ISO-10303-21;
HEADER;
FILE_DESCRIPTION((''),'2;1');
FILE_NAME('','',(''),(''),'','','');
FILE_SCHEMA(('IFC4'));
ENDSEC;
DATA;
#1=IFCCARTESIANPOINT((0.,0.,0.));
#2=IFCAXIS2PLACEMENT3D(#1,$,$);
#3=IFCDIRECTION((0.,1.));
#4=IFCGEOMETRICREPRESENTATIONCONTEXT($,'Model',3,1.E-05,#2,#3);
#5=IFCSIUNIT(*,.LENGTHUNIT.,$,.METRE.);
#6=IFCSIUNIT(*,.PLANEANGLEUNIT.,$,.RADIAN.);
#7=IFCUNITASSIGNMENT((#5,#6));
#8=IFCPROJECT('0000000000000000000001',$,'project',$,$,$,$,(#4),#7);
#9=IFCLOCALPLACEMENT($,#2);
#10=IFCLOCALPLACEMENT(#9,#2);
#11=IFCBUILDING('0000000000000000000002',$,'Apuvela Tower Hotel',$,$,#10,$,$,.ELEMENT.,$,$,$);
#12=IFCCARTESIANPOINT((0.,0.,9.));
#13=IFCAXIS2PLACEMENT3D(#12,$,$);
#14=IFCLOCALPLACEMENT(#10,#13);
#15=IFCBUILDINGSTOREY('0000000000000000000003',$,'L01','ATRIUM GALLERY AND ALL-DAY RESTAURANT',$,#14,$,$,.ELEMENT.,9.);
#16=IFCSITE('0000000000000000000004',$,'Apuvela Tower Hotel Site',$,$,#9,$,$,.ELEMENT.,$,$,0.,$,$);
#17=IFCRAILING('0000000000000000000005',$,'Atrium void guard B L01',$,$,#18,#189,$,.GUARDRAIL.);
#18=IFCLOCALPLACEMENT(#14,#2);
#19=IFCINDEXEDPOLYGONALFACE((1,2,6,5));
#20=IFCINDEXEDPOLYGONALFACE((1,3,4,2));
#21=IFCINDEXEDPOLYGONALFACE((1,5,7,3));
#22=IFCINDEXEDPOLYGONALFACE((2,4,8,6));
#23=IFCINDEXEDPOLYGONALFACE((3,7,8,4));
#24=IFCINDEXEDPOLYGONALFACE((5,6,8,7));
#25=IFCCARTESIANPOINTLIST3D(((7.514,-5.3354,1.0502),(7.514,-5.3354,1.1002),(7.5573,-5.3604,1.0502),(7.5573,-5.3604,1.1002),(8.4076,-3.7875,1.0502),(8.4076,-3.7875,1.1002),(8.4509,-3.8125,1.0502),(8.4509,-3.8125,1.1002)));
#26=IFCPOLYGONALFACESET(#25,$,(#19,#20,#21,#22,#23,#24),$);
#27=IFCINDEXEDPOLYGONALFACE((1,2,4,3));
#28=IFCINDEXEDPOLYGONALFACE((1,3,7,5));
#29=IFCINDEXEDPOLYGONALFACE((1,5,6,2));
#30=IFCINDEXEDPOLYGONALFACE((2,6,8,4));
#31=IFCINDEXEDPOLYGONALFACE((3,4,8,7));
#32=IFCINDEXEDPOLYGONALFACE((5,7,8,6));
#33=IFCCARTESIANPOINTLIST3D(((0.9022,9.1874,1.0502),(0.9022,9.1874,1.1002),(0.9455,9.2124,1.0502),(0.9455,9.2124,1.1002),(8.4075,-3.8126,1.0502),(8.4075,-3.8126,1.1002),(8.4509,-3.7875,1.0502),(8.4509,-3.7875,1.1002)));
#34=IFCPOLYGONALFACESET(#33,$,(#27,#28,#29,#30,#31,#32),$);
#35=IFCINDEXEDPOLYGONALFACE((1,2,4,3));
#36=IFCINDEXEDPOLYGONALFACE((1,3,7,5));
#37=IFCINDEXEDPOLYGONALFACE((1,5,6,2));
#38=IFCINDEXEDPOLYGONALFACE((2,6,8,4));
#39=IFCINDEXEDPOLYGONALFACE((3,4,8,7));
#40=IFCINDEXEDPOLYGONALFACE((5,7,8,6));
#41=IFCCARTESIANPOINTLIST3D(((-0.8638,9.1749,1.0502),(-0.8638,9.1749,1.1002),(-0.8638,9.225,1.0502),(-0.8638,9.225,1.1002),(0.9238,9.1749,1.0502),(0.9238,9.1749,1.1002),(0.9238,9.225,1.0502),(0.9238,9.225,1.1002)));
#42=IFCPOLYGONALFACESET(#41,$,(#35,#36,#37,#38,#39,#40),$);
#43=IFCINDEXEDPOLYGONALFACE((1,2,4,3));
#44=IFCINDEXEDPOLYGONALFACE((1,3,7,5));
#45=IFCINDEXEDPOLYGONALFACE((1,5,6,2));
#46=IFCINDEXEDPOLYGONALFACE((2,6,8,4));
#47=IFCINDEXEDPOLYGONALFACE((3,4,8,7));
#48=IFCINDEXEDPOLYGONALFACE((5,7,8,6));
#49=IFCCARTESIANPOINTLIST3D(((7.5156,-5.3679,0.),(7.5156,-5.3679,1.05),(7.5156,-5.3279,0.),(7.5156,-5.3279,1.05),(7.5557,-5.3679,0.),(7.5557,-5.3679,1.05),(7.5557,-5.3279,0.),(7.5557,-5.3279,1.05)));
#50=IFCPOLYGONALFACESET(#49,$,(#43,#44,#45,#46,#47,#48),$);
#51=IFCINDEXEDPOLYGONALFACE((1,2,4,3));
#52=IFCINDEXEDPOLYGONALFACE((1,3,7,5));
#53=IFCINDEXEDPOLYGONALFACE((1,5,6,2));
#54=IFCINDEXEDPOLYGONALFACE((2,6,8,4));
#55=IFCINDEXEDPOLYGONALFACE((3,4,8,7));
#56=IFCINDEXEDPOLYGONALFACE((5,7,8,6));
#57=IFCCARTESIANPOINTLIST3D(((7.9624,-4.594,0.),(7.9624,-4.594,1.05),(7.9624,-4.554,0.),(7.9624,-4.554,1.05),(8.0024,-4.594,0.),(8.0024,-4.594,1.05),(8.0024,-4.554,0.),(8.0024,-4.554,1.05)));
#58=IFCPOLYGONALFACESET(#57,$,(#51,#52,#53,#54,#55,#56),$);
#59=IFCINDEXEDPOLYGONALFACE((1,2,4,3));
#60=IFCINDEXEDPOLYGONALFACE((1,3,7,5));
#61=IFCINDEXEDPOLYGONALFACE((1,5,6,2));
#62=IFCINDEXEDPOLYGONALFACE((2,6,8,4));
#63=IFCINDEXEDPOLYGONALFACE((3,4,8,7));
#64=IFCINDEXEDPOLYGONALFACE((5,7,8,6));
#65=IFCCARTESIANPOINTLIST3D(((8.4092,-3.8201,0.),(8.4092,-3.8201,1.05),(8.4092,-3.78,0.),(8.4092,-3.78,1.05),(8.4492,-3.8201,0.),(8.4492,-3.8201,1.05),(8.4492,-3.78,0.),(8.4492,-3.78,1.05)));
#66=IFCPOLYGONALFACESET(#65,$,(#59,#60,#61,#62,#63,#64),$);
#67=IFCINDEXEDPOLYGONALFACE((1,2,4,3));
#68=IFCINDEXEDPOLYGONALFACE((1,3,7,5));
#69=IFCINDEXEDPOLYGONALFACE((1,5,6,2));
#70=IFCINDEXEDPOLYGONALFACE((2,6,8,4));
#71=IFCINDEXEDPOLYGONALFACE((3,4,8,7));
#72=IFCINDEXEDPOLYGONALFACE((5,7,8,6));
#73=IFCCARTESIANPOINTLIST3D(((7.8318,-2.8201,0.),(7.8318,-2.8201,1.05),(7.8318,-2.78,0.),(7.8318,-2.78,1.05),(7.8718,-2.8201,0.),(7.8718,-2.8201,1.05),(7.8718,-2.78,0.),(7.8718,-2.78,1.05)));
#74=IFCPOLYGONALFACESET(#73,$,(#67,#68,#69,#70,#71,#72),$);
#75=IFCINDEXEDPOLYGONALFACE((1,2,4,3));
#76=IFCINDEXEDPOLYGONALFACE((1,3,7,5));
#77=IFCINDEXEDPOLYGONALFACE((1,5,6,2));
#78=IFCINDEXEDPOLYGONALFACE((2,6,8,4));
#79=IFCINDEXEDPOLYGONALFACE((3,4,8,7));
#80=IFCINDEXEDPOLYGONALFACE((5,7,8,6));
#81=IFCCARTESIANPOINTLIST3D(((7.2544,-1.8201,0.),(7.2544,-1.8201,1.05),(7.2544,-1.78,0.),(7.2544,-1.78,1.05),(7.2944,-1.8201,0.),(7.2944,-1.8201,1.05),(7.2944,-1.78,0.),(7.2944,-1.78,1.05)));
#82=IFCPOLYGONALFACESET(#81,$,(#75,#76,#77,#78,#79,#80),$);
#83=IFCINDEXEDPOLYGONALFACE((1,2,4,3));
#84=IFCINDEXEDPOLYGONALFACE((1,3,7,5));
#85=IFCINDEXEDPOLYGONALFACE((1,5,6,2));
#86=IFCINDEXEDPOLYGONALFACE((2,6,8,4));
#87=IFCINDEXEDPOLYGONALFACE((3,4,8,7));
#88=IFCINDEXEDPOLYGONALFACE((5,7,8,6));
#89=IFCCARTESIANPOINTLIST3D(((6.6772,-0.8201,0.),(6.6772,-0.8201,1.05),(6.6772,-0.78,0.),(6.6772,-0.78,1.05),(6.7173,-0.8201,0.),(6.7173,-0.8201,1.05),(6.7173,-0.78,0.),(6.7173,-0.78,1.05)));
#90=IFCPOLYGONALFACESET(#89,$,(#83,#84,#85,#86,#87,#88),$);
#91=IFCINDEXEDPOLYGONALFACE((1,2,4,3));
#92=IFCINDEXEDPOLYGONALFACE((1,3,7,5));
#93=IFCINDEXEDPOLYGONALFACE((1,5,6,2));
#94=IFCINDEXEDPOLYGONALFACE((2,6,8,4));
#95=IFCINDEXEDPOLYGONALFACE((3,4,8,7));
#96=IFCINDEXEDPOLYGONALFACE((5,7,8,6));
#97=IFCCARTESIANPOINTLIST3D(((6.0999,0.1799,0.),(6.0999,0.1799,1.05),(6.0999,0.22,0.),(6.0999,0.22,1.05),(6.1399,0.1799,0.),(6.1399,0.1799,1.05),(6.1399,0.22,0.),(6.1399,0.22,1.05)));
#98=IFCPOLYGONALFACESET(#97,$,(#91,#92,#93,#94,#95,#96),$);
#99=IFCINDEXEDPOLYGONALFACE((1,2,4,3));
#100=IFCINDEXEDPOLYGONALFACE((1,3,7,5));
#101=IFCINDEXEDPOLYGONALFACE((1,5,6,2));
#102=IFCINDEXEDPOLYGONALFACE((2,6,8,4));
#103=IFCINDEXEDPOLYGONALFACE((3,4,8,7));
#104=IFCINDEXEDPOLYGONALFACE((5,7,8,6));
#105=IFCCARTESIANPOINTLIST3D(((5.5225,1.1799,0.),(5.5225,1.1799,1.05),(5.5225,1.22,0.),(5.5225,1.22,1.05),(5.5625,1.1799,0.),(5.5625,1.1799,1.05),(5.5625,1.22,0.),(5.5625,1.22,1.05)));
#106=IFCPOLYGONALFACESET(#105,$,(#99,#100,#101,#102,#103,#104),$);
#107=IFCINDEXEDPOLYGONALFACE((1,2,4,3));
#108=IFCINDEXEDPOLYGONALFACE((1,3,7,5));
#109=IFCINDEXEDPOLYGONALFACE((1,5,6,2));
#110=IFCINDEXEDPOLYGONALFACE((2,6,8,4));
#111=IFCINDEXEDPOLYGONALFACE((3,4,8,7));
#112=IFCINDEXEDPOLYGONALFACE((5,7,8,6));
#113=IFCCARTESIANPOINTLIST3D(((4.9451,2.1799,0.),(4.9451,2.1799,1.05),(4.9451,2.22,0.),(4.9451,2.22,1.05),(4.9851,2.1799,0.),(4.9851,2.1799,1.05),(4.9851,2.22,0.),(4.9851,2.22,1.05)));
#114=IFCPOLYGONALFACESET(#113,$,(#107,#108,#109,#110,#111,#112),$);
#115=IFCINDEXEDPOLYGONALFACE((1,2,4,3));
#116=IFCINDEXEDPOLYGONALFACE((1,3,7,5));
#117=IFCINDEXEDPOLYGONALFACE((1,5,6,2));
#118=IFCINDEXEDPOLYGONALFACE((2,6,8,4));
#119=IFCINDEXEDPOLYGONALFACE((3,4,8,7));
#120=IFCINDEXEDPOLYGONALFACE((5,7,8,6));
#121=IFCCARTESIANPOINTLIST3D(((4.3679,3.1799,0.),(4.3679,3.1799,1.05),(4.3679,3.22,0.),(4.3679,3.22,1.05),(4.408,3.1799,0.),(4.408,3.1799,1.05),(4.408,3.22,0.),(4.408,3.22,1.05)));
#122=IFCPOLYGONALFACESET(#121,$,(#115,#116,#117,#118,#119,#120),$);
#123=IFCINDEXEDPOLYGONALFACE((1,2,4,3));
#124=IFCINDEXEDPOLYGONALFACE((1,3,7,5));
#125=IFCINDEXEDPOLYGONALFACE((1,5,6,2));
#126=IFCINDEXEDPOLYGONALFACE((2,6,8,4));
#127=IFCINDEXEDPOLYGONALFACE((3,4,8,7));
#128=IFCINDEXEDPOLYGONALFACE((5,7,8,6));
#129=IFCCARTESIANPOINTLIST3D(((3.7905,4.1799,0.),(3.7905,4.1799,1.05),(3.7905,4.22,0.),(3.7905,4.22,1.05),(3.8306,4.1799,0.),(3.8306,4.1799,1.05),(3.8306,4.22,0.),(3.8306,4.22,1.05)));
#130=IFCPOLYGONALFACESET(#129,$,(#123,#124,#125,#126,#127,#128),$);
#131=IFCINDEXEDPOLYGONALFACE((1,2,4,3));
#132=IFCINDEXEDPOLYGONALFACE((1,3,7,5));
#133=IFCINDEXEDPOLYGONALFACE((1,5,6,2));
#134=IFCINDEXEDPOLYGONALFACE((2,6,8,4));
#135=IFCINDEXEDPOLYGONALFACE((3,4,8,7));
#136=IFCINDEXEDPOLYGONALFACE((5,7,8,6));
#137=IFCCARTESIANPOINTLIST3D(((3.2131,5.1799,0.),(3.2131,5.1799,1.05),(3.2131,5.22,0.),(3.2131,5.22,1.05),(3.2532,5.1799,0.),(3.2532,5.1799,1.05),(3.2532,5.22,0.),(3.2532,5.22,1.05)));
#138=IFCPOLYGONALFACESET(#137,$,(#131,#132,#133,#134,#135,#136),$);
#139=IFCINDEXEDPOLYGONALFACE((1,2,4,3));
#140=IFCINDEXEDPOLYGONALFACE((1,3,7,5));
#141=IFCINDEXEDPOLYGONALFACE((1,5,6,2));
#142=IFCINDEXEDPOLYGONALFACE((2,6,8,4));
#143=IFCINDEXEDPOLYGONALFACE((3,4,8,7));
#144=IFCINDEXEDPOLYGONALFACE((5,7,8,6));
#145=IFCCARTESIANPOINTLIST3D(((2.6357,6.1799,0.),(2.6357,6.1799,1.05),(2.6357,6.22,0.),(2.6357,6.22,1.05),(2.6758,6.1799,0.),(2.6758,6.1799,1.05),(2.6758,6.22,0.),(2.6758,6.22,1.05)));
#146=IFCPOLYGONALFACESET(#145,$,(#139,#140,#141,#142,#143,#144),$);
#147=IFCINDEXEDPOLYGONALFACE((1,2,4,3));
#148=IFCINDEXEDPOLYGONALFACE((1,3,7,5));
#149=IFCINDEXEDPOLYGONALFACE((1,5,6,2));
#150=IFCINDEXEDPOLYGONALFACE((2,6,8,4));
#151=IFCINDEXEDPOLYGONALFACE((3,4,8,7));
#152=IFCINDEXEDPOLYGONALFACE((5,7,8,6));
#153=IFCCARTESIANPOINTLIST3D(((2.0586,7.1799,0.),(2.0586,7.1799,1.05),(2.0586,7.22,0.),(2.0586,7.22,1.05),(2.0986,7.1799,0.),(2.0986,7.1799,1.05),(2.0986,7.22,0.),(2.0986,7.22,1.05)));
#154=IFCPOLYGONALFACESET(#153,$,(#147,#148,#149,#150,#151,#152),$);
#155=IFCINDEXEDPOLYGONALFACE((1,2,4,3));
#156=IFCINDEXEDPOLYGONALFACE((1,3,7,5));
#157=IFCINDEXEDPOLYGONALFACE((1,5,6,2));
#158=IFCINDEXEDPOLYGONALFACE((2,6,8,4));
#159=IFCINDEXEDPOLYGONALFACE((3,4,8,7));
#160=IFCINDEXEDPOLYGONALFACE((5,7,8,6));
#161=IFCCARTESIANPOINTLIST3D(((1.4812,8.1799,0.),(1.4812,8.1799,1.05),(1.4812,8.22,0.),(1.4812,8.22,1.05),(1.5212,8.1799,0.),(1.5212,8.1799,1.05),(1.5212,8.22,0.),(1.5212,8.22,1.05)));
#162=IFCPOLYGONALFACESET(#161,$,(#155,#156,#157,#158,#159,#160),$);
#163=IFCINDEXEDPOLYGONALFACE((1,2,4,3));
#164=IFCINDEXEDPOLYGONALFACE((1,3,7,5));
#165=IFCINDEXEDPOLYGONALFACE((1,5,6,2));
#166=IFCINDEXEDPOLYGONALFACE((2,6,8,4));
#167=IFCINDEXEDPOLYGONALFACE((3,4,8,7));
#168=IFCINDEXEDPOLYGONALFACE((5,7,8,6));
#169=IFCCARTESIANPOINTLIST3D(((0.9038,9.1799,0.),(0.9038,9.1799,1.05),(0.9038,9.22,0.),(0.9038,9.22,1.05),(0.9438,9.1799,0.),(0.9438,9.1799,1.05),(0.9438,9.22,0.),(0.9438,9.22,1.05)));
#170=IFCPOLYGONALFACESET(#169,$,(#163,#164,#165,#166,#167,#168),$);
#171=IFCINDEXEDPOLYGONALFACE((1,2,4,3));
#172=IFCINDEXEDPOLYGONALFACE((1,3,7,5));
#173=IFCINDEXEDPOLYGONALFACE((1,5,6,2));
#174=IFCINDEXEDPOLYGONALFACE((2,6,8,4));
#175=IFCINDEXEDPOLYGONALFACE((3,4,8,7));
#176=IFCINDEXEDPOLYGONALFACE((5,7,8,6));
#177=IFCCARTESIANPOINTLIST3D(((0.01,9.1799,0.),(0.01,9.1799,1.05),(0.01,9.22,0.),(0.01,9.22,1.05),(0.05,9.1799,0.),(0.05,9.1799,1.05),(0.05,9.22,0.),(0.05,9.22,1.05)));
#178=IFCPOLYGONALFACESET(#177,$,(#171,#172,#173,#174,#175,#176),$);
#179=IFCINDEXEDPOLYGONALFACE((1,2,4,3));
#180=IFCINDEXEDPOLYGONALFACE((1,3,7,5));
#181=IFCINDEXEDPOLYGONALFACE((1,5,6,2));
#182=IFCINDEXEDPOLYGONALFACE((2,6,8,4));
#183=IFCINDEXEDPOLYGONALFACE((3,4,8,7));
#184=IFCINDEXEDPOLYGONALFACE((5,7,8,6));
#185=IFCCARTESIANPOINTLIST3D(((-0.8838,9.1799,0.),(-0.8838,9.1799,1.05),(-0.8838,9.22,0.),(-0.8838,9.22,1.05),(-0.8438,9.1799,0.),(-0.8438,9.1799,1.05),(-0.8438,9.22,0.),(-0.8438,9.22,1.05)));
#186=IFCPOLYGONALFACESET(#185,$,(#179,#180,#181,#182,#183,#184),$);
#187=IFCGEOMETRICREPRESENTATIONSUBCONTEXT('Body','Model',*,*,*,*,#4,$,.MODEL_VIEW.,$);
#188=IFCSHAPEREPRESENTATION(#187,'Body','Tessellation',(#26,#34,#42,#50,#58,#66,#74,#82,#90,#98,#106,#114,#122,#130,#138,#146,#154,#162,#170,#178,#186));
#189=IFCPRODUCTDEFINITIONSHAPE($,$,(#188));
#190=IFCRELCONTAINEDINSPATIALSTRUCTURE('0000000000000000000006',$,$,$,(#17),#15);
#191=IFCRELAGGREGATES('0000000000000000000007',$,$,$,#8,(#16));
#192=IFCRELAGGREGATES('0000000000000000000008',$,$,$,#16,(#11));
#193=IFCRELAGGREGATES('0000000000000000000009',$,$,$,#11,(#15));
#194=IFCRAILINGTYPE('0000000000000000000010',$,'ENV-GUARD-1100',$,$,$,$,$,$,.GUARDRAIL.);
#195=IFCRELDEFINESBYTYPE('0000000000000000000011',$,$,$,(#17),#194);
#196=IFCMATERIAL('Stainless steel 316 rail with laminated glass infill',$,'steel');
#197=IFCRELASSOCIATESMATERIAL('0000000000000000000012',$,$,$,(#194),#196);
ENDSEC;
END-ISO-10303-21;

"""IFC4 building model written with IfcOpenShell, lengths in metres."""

from ifc_helpers import new_model, si_unit, direction, frame, origin, origin_2d, place, context, subcontext, project, spatial, rectangle, extrude, material, type_object, element, save


model = new_model("IFC4")

# Units and contexts
model_context = context("Model", 3, precision=1e-05, world=origin(), true_north=direction((0.0, 1.0)))
body_context = subcontext(model_context, "Body", "Model", "MODEL_VIEW")
ifc_project = project(units=[si_unit("LENGTHUNIT", "METRE"), si_unit("PLANEANGLEUNIT", "RADIAN")], contexts=[model_context])

# Site, building, storey
site_placement = place(None, origin())
site = spatial("IfcSite", under=ifc_project, at=site_placement, Name="Apuvela Tower Hotel Site", CompositionType="ELEMENT", RefElevation=0.0)
building_placement = place(site_placement, origin())
building = spatial("IfcBuilding", under=site, at=building_placement, Name="Apuvela Tower Hotel", CompositionType="ELEMENT")
storey_placement = place(building_placement, frame((0.0, 0.0, 9.0)))
storey = spatial("IfcBuildingStorey", under=building, at=storey_placement, Name="L01", Description="ATRIUM GALLERY AND ALL-DAY RESTAURANT", CompositionType="ELEMENT", Elevation=9.0)

# Railing
ifc_material_1 = material(Name="Stainless steel 316 rail with laminated glass infill", Category="steel")
railing_type_1 = type_object("IfcRailingType", Name="ENV-GUARD-1100", PredefinedType="GUARDRAIL", material=ifc_material_1)
railing_placement = place(storey_placement, frame((7.5356, -5.3479, 0.0)))
element("IfcRailing", 1, at=railing_placement, inside=storey, type_object=railing_type_1, Name="Atrium void guard B L01", PredefinedType="GUARDRAIL", context=body_context, shape_type="SweptSolid", body=[
    extrude(rectangle(XDim=0.05, YDim=0.05, at=origin_2d()), frame((0.0, 0.0, 1.0752), z_axis=(0.499959, 0.866049, 0.0), x_axis=(-0.866049, 0.499959, 0.0)), (0.0, 0.0, 1.0), 1.7874),
    extrude(rectangle(XDim=0.05, YDim=0.05, at=origin_2d()), frame((0.8936, 1.5479, 1.0752), z_axis=(-0.499991, 0.866031, 0.0), x_axis=(-0.866031, -0.499991, 0.0)), (0.0, 0.0, 1.0), 15.011),
    extrude(rectangle(XDim=0.05, YDim=0.05, at=origin_2d()), frame((-6.6118, 14.5479, 1.0752), z_axis=(-1.0, 0.0, 0.0), x_axis=(0.0, -1.0, 0.0)), (0.0, 0.0, 1.0), 1.7876),
    extrude(rectangle(XDim=0.04, YDim=0.04, at=origin_2d()), origin(), (0.0, 0.0, 1.0), 1.05),
    extrude(rectangle(XDim=0.04, YDim=0.04, at=origin_2d()), frame((0.4468, 0.7739, 0.0)), (0.0, 0.0, 1.0), 1.05),
    extrude(rectangle(XDim=0.04, YDim=0.04, at=origin_2d()), frame((0.8936, 1.5479, 0.0)), (0.0, 0.0, 1.0), 1.05),
    extrude(rectangle(XDim=0.04, YDim=0.04, at=origin_2d()), frame((0.3162, 2.5479, 0.0)), (0.0, 0.0, 1.0), 1.05),
    extrude(rectangle(XDim=0.04, YDim=0.04, at=origin_2d()), frame((-0.2612, 3.5479, 0.0)), (0.0, 0.0, 1.0), 1.05),
    extrude(rectangle(XDim=0.04, YDim=0.04, at=origin_2d()), frame((-0.8384, 4.5479, 0.0)), (0.0, 0.0, 1.0), 1.05),
    extrude(rectangle(XDim=0.04, YDim=0.04, at=origin_2d()), frame((-1.4158, 5.5479, 0.0)), (0.0, 0.0, 1.0), 1.05),
    extrude(rectangle(XDim=0.04, YDim=0.04, at=origin_2d()), frame((-1.9932, 6.5479, 0.0)), (0.0, 0.0, 1.0), 1.05),
    extrude(rectangle(XDim=0.04, YDim=0.04, at=origin_2d()), frame((-2.5706, 7.5479, 0.0)), (0.0, 0.0, 1.0), 1.05),
    extrude(rectangle(XDim=0.04, YDim=0.04, at=origin_2d()), frame((-3.1477, 8.5479, 0.0)), (0.0, 0.0, 1.0), 1.05),
    extrude(rectangle(XDim=0.04, YDim=0.04, at=origin_2d()), frame((-3.7251, 9.5479, 0.0)), (0.0, 0.0, 1.0), 1.05),
    extrude(rectangle(XDim=0.04, YDim=0.04, at=origin_2d()), frame((-4.3025, 10.5479, 0.0)), (0.0, 0.0, 1.0), 1.05),
    extrude(rectangle(XDim=0.04, YDim=0.04, at=origin_2d()), frame((-4.8799, 11.5479, 0.0)), (0.0, 0.0, 1.0), 1.05),
    extrude(rectangle(XDim=0.04, YDim=0.04, at=origin_2d()), frame((-5.457, 12.5479, 0.0)), (0.0, 0.0, 1.0), 1.05),
    extrude(rectangle(XDim=0.04, YDim=0.04, at=origin_2d()), frame((-6.0344, 13.5479, 0.0)), (0.0, 0.0, 1.0), 1.05),
    extrude(rectangle(XDim=0.04, YDim=0.04, at=origin_2d()), frame((-6.6118, 14.5479, 0.0)), (0.0, 0.0, 1.0), 1.05),
    extrude(rectangle(XDim=0.04, YDim=0.04, at=origin_2d()), frame((-7.5056, 14.5479, 0.0)), (0.0, 0.0, 1.0), 1.05),
    extrude(rectangle(XDim=0.04, YDim=0.04, at=origin_2d()), frame((-8.3994, 14.5479, 0.0)), (0.0, 0.0, 1.0), 1.05),
])

save(model, "model.ifc")
